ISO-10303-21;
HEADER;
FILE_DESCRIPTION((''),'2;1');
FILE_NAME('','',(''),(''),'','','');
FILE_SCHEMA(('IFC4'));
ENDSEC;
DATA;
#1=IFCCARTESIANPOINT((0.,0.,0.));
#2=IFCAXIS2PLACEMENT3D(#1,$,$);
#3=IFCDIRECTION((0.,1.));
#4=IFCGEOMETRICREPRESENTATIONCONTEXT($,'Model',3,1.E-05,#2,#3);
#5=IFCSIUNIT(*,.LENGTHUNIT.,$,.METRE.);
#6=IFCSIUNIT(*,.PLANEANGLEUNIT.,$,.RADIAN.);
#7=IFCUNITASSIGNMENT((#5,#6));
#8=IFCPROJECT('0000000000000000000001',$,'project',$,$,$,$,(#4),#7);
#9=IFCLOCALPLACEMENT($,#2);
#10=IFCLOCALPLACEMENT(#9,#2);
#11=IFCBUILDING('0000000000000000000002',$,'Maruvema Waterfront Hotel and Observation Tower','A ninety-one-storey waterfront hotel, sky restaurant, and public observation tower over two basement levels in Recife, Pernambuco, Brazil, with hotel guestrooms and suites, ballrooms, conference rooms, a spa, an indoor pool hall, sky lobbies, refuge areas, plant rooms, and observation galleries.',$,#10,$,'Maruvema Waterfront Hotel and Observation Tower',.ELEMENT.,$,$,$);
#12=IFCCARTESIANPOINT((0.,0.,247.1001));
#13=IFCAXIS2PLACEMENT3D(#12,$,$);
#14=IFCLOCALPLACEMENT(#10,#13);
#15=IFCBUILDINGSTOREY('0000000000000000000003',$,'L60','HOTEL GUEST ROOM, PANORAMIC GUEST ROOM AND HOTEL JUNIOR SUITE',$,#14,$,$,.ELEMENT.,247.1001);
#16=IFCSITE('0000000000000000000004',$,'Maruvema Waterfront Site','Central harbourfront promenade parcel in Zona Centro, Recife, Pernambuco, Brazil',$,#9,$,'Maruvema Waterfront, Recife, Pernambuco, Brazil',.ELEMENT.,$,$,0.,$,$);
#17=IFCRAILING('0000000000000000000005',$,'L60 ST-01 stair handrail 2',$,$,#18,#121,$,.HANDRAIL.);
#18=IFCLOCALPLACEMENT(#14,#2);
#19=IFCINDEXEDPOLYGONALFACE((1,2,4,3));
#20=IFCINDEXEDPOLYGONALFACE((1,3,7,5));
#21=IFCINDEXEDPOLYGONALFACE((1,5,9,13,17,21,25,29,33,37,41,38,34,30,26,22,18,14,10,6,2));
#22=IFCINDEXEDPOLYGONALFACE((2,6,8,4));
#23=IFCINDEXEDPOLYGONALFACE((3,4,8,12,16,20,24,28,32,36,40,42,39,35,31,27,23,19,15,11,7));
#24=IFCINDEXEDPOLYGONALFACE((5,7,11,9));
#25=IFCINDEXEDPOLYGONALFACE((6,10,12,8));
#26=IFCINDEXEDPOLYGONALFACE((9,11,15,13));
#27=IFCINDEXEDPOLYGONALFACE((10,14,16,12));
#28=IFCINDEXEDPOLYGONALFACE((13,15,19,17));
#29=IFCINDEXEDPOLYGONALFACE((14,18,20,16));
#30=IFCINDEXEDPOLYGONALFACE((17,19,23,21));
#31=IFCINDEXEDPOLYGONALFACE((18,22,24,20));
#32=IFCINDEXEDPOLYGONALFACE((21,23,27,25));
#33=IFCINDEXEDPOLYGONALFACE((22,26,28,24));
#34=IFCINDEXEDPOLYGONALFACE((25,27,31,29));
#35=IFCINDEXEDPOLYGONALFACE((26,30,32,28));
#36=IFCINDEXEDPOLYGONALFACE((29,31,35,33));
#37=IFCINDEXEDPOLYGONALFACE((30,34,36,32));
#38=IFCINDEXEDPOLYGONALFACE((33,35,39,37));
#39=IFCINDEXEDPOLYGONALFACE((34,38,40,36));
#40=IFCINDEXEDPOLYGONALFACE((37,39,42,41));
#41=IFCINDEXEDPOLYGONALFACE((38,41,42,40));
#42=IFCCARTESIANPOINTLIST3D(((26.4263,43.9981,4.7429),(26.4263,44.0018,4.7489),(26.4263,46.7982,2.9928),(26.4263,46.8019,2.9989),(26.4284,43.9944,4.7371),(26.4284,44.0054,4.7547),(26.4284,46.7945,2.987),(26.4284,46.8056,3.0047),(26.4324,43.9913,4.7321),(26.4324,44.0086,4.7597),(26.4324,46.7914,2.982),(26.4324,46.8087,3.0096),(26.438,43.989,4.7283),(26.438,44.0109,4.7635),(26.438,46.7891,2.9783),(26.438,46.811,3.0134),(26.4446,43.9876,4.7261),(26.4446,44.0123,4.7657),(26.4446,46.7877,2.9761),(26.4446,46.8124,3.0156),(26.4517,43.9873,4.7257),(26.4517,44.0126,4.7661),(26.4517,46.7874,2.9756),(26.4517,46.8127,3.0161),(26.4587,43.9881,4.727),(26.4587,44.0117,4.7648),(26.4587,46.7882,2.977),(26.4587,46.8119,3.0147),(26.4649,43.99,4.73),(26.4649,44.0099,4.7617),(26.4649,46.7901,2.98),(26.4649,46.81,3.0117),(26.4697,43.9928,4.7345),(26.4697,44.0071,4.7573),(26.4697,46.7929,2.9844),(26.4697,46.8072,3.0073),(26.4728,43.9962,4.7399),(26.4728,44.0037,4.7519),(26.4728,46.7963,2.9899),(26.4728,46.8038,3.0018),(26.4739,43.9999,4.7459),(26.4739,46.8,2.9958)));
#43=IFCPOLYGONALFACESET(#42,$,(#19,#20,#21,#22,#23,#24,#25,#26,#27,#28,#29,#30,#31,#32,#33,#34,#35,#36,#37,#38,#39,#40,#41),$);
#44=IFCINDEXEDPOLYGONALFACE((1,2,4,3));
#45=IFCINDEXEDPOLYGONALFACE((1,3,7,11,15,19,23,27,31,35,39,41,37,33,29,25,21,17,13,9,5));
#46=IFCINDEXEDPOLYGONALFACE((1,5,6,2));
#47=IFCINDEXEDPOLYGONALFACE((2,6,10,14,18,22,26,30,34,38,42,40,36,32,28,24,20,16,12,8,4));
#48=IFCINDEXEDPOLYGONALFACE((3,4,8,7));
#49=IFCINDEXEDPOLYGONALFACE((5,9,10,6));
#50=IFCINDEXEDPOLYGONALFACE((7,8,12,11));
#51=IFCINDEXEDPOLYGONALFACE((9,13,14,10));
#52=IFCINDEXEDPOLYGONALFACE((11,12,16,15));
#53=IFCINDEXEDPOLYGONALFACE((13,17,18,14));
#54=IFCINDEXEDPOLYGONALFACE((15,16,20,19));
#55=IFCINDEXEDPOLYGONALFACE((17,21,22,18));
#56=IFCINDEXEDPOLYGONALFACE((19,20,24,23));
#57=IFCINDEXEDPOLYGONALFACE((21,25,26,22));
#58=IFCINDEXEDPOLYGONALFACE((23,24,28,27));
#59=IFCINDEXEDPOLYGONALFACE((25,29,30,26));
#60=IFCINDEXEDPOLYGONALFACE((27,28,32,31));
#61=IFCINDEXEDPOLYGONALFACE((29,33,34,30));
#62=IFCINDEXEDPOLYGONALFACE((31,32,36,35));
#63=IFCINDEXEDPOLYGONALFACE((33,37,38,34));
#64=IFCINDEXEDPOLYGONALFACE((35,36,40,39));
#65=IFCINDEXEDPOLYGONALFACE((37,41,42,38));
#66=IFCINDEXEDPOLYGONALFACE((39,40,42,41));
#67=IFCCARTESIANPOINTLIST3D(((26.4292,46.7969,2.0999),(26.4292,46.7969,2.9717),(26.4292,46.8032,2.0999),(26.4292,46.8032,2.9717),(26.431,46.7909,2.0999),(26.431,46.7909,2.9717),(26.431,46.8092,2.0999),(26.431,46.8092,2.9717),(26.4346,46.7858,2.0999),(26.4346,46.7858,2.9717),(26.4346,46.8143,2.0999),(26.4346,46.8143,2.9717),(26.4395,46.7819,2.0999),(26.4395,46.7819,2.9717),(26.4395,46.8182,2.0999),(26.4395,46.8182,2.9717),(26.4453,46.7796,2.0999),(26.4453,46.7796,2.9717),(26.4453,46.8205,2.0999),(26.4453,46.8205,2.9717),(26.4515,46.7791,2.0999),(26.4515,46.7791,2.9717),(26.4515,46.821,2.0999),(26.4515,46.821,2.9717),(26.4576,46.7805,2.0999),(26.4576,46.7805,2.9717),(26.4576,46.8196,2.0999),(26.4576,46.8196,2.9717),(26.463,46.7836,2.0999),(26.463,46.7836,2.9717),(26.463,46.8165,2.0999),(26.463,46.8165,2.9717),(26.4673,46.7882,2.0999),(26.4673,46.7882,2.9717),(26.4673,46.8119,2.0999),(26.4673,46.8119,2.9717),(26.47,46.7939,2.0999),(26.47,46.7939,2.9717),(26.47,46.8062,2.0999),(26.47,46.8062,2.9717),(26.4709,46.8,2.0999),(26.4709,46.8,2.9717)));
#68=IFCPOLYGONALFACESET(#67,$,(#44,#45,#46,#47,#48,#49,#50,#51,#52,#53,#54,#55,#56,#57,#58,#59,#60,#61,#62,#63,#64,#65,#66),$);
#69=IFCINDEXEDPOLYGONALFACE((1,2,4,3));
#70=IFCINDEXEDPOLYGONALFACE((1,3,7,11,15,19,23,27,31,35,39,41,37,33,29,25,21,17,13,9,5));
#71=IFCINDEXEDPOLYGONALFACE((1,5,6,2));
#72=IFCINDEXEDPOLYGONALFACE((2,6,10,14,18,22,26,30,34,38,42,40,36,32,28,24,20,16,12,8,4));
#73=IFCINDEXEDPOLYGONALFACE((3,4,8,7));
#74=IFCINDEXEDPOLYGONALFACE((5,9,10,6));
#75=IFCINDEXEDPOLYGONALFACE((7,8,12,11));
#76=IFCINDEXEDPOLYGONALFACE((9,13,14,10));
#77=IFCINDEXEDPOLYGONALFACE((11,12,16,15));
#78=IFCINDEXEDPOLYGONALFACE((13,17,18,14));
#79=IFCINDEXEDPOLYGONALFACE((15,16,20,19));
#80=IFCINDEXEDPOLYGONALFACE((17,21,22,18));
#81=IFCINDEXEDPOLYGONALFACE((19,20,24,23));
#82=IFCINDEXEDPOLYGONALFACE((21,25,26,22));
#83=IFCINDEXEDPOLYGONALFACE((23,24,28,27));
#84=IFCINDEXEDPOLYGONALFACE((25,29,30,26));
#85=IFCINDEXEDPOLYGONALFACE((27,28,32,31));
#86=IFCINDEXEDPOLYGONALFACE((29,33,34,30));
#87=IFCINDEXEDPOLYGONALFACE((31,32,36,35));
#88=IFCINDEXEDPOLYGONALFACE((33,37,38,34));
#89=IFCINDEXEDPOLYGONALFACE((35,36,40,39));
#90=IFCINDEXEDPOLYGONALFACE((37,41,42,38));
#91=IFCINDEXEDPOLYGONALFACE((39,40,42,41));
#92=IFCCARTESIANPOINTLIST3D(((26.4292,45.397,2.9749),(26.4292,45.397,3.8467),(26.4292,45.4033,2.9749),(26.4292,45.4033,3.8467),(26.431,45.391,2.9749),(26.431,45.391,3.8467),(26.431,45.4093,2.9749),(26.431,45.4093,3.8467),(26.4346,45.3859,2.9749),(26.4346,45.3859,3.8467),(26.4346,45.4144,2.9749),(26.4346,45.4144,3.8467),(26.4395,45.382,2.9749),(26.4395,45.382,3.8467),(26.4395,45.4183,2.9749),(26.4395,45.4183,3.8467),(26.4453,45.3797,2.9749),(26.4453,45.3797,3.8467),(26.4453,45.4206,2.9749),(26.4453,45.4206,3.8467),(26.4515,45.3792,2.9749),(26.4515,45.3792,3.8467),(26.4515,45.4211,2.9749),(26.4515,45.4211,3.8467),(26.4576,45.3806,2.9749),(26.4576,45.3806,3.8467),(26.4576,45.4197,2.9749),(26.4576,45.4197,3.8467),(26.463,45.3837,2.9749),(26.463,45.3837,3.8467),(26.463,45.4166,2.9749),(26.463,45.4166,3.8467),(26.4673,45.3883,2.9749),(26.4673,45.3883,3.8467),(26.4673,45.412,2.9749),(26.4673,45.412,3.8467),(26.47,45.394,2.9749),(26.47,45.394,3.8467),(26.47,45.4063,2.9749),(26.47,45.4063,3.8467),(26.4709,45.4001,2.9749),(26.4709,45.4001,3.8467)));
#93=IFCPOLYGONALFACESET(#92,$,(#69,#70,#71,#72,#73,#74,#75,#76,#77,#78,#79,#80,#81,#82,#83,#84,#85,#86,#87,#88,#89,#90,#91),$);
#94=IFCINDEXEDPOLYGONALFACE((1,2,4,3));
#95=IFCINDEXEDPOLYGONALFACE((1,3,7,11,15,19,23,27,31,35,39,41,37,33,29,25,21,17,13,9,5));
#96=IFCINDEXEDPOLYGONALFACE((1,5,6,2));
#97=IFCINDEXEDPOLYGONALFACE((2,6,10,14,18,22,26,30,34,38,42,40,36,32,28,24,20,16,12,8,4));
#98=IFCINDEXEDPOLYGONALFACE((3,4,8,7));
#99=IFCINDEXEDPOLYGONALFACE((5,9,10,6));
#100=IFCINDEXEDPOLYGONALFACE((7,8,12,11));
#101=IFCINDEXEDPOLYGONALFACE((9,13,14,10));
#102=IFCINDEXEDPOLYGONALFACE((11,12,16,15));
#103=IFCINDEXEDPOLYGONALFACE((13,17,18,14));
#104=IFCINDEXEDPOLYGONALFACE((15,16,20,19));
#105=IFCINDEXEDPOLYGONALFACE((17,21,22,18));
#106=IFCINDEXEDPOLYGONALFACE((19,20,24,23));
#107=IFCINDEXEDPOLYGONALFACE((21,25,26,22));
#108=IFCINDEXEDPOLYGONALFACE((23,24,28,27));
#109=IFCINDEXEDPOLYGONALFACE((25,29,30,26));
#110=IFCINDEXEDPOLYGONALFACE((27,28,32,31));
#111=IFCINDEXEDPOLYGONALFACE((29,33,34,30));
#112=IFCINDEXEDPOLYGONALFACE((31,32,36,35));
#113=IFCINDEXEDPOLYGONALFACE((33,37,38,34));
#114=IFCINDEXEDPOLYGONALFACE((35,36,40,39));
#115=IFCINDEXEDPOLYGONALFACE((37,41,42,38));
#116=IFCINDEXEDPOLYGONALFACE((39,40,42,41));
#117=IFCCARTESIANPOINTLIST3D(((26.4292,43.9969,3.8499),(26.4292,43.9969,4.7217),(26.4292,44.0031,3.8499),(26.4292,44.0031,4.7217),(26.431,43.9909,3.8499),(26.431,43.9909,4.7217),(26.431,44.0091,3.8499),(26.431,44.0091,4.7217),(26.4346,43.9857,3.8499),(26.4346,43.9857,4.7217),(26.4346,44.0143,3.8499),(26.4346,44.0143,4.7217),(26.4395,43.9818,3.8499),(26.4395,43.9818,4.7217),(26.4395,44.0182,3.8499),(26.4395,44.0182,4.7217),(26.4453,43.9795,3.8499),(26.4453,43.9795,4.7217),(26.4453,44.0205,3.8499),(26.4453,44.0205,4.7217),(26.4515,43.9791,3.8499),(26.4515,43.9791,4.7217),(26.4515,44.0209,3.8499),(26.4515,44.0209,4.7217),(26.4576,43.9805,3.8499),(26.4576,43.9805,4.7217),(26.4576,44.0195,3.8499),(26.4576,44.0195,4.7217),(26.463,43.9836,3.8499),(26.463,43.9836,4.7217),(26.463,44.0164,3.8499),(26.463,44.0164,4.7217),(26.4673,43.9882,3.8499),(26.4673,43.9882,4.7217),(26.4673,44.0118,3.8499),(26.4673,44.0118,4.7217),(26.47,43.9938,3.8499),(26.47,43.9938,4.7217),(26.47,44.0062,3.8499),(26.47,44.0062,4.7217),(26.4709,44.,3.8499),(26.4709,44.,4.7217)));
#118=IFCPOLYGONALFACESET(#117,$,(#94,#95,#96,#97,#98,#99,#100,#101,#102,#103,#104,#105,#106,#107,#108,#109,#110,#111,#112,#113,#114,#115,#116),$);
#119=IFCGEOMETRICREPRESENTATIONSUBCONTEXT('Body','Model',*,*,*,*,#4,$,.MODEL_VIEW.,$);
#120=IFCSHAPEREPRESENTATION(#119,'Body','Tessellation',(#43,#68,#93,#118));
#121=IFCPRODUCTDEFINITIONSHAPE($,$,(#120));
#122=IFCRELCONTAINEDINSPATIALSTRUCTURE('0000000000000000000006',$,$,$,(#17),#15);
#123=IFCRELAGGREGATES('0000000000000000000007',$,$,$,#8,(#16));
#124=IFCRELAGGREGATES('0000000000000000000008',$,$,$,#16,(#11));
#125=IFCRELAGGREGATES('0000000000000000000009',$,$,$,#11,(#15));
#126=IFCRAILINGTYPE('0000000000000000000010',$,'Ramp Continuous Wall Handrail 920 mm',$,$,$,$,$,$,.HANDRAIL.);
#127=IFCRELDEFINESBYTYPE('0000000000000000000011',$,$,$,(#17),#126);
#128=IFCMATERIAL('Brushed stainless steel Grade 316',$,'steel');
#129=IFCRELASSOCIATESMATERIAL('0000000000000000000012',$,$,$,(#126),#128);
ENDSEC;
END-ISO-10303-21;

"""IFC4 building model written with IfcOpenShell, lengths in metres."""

from ifc_helpers import new_model, si_unit, direction, frame, origin, origin_2d, place, context, subcontext, project, spatial, circle, extrude, material, type_object, element, save


model = new_model("IFC4")

# Units and contexts
model_context = context("Model", 3, precision=1e-05, world=origin(), true_north=direction((0.0, 1.0)))
body_context = subcontext(model_context, "Body", "Model", "MODEL_VIEW")
ifc_project = project(units=[si_unit("LENGTHUNIT", "METRE"), si_unit("PLANEANGLEUNIT", "RADIAN")], contexts=[model_context])

# Site, building, storey
site_placement = place(None, origin())
site = spatial("IfcSite", under=ifc_project, at=site_placement, Name="Maruvema Waterfront Site", Description="Central harbourfront promenade parcel in Zona Centro, Recife, Pernambuco, Brazil", LongName="Maruvema Waterfront, Recife, Pernambuco, Brazil", CompositionType="ELEMENT", RefElevation=0.0)
building_placement = place(site_placement, origin())
building = spatial("IfcBuilding", under=site, at=building_placement, Name="Maruvema Waterfront Hotel and Observation Tower", Description="A ninety-one-storey waterfront hotel, sky restaurant, and public observation tower over two basement levels in Recife, Pernambuco, Brazil, with hotel guestrooms and suites, ballrooms, conference rooms, a spa, an indoor pool hall, sky lobbies, refuge areas, plant rooms, and observation galleries.", LongName="Maruvema Waterfront Hotel and Observation Tower", CompositionType="ELEMENT")
storey_placement = place(building_placement, frame((0.0, 0.0, 247.1001)))
storey = spatial("IfcBuildingStorey", under=building, at=storey_placement, Name="L60", Description="HOTEL GUEST ROOM, PANORAMIC GUEST ROOM AND HOTEL JUNIOR SUITE", CompositionType="ELEMENT", Elevation=247.1001)

# Railing
ifc_material_1 = material(Name="Brushed stainless steel Grade 316", Category="steel")
railing_type_1 = type_object("IfcRailingType", Name="Ramp Continuous Wall Handrail 920 mm", PredefinedType="HANDRAIL", material=ifc_material_1)
railing_1_placement = place(storey_placement, frame((26.45, 46.8, 2.0999)))
element("IfcRailing", 1, at=railing_1_placement, inside=storey, type_object=railing_type_1, Name="L60 ST-01 stair handrail 2", PredefinedType="HANDRAIL", context=body_context, shape_type="SweptSolid", body=[
    extrude(circle(Radius=0.0239, at=origin_2d()), frame((0.0, 0.0, 0.896), z_axis=(0.0, -0.848002, 0.529992), x_axis=(1.0, 0.0, 0.0)), (0.0, 0.0, 1.0), 3.302),
    extrude(circle(Radius=0.021, at=origin_2d()), origin(), (0.0, 0.0, 1.0), 0.8718),
    extrude(circle(Radius=0.021, at=origin_2d()), frame((0.0, -1.3999, 0.875)), (0.0, 0.0, 1.0), 0.8718),
    extrude(circle(Radius=0.021, at=origin_2d()), frame((0.0, -2.8, 1.75)), (0.0, 0.0, 1.0), 0.8718),
])

save(model, "model.ifc")
